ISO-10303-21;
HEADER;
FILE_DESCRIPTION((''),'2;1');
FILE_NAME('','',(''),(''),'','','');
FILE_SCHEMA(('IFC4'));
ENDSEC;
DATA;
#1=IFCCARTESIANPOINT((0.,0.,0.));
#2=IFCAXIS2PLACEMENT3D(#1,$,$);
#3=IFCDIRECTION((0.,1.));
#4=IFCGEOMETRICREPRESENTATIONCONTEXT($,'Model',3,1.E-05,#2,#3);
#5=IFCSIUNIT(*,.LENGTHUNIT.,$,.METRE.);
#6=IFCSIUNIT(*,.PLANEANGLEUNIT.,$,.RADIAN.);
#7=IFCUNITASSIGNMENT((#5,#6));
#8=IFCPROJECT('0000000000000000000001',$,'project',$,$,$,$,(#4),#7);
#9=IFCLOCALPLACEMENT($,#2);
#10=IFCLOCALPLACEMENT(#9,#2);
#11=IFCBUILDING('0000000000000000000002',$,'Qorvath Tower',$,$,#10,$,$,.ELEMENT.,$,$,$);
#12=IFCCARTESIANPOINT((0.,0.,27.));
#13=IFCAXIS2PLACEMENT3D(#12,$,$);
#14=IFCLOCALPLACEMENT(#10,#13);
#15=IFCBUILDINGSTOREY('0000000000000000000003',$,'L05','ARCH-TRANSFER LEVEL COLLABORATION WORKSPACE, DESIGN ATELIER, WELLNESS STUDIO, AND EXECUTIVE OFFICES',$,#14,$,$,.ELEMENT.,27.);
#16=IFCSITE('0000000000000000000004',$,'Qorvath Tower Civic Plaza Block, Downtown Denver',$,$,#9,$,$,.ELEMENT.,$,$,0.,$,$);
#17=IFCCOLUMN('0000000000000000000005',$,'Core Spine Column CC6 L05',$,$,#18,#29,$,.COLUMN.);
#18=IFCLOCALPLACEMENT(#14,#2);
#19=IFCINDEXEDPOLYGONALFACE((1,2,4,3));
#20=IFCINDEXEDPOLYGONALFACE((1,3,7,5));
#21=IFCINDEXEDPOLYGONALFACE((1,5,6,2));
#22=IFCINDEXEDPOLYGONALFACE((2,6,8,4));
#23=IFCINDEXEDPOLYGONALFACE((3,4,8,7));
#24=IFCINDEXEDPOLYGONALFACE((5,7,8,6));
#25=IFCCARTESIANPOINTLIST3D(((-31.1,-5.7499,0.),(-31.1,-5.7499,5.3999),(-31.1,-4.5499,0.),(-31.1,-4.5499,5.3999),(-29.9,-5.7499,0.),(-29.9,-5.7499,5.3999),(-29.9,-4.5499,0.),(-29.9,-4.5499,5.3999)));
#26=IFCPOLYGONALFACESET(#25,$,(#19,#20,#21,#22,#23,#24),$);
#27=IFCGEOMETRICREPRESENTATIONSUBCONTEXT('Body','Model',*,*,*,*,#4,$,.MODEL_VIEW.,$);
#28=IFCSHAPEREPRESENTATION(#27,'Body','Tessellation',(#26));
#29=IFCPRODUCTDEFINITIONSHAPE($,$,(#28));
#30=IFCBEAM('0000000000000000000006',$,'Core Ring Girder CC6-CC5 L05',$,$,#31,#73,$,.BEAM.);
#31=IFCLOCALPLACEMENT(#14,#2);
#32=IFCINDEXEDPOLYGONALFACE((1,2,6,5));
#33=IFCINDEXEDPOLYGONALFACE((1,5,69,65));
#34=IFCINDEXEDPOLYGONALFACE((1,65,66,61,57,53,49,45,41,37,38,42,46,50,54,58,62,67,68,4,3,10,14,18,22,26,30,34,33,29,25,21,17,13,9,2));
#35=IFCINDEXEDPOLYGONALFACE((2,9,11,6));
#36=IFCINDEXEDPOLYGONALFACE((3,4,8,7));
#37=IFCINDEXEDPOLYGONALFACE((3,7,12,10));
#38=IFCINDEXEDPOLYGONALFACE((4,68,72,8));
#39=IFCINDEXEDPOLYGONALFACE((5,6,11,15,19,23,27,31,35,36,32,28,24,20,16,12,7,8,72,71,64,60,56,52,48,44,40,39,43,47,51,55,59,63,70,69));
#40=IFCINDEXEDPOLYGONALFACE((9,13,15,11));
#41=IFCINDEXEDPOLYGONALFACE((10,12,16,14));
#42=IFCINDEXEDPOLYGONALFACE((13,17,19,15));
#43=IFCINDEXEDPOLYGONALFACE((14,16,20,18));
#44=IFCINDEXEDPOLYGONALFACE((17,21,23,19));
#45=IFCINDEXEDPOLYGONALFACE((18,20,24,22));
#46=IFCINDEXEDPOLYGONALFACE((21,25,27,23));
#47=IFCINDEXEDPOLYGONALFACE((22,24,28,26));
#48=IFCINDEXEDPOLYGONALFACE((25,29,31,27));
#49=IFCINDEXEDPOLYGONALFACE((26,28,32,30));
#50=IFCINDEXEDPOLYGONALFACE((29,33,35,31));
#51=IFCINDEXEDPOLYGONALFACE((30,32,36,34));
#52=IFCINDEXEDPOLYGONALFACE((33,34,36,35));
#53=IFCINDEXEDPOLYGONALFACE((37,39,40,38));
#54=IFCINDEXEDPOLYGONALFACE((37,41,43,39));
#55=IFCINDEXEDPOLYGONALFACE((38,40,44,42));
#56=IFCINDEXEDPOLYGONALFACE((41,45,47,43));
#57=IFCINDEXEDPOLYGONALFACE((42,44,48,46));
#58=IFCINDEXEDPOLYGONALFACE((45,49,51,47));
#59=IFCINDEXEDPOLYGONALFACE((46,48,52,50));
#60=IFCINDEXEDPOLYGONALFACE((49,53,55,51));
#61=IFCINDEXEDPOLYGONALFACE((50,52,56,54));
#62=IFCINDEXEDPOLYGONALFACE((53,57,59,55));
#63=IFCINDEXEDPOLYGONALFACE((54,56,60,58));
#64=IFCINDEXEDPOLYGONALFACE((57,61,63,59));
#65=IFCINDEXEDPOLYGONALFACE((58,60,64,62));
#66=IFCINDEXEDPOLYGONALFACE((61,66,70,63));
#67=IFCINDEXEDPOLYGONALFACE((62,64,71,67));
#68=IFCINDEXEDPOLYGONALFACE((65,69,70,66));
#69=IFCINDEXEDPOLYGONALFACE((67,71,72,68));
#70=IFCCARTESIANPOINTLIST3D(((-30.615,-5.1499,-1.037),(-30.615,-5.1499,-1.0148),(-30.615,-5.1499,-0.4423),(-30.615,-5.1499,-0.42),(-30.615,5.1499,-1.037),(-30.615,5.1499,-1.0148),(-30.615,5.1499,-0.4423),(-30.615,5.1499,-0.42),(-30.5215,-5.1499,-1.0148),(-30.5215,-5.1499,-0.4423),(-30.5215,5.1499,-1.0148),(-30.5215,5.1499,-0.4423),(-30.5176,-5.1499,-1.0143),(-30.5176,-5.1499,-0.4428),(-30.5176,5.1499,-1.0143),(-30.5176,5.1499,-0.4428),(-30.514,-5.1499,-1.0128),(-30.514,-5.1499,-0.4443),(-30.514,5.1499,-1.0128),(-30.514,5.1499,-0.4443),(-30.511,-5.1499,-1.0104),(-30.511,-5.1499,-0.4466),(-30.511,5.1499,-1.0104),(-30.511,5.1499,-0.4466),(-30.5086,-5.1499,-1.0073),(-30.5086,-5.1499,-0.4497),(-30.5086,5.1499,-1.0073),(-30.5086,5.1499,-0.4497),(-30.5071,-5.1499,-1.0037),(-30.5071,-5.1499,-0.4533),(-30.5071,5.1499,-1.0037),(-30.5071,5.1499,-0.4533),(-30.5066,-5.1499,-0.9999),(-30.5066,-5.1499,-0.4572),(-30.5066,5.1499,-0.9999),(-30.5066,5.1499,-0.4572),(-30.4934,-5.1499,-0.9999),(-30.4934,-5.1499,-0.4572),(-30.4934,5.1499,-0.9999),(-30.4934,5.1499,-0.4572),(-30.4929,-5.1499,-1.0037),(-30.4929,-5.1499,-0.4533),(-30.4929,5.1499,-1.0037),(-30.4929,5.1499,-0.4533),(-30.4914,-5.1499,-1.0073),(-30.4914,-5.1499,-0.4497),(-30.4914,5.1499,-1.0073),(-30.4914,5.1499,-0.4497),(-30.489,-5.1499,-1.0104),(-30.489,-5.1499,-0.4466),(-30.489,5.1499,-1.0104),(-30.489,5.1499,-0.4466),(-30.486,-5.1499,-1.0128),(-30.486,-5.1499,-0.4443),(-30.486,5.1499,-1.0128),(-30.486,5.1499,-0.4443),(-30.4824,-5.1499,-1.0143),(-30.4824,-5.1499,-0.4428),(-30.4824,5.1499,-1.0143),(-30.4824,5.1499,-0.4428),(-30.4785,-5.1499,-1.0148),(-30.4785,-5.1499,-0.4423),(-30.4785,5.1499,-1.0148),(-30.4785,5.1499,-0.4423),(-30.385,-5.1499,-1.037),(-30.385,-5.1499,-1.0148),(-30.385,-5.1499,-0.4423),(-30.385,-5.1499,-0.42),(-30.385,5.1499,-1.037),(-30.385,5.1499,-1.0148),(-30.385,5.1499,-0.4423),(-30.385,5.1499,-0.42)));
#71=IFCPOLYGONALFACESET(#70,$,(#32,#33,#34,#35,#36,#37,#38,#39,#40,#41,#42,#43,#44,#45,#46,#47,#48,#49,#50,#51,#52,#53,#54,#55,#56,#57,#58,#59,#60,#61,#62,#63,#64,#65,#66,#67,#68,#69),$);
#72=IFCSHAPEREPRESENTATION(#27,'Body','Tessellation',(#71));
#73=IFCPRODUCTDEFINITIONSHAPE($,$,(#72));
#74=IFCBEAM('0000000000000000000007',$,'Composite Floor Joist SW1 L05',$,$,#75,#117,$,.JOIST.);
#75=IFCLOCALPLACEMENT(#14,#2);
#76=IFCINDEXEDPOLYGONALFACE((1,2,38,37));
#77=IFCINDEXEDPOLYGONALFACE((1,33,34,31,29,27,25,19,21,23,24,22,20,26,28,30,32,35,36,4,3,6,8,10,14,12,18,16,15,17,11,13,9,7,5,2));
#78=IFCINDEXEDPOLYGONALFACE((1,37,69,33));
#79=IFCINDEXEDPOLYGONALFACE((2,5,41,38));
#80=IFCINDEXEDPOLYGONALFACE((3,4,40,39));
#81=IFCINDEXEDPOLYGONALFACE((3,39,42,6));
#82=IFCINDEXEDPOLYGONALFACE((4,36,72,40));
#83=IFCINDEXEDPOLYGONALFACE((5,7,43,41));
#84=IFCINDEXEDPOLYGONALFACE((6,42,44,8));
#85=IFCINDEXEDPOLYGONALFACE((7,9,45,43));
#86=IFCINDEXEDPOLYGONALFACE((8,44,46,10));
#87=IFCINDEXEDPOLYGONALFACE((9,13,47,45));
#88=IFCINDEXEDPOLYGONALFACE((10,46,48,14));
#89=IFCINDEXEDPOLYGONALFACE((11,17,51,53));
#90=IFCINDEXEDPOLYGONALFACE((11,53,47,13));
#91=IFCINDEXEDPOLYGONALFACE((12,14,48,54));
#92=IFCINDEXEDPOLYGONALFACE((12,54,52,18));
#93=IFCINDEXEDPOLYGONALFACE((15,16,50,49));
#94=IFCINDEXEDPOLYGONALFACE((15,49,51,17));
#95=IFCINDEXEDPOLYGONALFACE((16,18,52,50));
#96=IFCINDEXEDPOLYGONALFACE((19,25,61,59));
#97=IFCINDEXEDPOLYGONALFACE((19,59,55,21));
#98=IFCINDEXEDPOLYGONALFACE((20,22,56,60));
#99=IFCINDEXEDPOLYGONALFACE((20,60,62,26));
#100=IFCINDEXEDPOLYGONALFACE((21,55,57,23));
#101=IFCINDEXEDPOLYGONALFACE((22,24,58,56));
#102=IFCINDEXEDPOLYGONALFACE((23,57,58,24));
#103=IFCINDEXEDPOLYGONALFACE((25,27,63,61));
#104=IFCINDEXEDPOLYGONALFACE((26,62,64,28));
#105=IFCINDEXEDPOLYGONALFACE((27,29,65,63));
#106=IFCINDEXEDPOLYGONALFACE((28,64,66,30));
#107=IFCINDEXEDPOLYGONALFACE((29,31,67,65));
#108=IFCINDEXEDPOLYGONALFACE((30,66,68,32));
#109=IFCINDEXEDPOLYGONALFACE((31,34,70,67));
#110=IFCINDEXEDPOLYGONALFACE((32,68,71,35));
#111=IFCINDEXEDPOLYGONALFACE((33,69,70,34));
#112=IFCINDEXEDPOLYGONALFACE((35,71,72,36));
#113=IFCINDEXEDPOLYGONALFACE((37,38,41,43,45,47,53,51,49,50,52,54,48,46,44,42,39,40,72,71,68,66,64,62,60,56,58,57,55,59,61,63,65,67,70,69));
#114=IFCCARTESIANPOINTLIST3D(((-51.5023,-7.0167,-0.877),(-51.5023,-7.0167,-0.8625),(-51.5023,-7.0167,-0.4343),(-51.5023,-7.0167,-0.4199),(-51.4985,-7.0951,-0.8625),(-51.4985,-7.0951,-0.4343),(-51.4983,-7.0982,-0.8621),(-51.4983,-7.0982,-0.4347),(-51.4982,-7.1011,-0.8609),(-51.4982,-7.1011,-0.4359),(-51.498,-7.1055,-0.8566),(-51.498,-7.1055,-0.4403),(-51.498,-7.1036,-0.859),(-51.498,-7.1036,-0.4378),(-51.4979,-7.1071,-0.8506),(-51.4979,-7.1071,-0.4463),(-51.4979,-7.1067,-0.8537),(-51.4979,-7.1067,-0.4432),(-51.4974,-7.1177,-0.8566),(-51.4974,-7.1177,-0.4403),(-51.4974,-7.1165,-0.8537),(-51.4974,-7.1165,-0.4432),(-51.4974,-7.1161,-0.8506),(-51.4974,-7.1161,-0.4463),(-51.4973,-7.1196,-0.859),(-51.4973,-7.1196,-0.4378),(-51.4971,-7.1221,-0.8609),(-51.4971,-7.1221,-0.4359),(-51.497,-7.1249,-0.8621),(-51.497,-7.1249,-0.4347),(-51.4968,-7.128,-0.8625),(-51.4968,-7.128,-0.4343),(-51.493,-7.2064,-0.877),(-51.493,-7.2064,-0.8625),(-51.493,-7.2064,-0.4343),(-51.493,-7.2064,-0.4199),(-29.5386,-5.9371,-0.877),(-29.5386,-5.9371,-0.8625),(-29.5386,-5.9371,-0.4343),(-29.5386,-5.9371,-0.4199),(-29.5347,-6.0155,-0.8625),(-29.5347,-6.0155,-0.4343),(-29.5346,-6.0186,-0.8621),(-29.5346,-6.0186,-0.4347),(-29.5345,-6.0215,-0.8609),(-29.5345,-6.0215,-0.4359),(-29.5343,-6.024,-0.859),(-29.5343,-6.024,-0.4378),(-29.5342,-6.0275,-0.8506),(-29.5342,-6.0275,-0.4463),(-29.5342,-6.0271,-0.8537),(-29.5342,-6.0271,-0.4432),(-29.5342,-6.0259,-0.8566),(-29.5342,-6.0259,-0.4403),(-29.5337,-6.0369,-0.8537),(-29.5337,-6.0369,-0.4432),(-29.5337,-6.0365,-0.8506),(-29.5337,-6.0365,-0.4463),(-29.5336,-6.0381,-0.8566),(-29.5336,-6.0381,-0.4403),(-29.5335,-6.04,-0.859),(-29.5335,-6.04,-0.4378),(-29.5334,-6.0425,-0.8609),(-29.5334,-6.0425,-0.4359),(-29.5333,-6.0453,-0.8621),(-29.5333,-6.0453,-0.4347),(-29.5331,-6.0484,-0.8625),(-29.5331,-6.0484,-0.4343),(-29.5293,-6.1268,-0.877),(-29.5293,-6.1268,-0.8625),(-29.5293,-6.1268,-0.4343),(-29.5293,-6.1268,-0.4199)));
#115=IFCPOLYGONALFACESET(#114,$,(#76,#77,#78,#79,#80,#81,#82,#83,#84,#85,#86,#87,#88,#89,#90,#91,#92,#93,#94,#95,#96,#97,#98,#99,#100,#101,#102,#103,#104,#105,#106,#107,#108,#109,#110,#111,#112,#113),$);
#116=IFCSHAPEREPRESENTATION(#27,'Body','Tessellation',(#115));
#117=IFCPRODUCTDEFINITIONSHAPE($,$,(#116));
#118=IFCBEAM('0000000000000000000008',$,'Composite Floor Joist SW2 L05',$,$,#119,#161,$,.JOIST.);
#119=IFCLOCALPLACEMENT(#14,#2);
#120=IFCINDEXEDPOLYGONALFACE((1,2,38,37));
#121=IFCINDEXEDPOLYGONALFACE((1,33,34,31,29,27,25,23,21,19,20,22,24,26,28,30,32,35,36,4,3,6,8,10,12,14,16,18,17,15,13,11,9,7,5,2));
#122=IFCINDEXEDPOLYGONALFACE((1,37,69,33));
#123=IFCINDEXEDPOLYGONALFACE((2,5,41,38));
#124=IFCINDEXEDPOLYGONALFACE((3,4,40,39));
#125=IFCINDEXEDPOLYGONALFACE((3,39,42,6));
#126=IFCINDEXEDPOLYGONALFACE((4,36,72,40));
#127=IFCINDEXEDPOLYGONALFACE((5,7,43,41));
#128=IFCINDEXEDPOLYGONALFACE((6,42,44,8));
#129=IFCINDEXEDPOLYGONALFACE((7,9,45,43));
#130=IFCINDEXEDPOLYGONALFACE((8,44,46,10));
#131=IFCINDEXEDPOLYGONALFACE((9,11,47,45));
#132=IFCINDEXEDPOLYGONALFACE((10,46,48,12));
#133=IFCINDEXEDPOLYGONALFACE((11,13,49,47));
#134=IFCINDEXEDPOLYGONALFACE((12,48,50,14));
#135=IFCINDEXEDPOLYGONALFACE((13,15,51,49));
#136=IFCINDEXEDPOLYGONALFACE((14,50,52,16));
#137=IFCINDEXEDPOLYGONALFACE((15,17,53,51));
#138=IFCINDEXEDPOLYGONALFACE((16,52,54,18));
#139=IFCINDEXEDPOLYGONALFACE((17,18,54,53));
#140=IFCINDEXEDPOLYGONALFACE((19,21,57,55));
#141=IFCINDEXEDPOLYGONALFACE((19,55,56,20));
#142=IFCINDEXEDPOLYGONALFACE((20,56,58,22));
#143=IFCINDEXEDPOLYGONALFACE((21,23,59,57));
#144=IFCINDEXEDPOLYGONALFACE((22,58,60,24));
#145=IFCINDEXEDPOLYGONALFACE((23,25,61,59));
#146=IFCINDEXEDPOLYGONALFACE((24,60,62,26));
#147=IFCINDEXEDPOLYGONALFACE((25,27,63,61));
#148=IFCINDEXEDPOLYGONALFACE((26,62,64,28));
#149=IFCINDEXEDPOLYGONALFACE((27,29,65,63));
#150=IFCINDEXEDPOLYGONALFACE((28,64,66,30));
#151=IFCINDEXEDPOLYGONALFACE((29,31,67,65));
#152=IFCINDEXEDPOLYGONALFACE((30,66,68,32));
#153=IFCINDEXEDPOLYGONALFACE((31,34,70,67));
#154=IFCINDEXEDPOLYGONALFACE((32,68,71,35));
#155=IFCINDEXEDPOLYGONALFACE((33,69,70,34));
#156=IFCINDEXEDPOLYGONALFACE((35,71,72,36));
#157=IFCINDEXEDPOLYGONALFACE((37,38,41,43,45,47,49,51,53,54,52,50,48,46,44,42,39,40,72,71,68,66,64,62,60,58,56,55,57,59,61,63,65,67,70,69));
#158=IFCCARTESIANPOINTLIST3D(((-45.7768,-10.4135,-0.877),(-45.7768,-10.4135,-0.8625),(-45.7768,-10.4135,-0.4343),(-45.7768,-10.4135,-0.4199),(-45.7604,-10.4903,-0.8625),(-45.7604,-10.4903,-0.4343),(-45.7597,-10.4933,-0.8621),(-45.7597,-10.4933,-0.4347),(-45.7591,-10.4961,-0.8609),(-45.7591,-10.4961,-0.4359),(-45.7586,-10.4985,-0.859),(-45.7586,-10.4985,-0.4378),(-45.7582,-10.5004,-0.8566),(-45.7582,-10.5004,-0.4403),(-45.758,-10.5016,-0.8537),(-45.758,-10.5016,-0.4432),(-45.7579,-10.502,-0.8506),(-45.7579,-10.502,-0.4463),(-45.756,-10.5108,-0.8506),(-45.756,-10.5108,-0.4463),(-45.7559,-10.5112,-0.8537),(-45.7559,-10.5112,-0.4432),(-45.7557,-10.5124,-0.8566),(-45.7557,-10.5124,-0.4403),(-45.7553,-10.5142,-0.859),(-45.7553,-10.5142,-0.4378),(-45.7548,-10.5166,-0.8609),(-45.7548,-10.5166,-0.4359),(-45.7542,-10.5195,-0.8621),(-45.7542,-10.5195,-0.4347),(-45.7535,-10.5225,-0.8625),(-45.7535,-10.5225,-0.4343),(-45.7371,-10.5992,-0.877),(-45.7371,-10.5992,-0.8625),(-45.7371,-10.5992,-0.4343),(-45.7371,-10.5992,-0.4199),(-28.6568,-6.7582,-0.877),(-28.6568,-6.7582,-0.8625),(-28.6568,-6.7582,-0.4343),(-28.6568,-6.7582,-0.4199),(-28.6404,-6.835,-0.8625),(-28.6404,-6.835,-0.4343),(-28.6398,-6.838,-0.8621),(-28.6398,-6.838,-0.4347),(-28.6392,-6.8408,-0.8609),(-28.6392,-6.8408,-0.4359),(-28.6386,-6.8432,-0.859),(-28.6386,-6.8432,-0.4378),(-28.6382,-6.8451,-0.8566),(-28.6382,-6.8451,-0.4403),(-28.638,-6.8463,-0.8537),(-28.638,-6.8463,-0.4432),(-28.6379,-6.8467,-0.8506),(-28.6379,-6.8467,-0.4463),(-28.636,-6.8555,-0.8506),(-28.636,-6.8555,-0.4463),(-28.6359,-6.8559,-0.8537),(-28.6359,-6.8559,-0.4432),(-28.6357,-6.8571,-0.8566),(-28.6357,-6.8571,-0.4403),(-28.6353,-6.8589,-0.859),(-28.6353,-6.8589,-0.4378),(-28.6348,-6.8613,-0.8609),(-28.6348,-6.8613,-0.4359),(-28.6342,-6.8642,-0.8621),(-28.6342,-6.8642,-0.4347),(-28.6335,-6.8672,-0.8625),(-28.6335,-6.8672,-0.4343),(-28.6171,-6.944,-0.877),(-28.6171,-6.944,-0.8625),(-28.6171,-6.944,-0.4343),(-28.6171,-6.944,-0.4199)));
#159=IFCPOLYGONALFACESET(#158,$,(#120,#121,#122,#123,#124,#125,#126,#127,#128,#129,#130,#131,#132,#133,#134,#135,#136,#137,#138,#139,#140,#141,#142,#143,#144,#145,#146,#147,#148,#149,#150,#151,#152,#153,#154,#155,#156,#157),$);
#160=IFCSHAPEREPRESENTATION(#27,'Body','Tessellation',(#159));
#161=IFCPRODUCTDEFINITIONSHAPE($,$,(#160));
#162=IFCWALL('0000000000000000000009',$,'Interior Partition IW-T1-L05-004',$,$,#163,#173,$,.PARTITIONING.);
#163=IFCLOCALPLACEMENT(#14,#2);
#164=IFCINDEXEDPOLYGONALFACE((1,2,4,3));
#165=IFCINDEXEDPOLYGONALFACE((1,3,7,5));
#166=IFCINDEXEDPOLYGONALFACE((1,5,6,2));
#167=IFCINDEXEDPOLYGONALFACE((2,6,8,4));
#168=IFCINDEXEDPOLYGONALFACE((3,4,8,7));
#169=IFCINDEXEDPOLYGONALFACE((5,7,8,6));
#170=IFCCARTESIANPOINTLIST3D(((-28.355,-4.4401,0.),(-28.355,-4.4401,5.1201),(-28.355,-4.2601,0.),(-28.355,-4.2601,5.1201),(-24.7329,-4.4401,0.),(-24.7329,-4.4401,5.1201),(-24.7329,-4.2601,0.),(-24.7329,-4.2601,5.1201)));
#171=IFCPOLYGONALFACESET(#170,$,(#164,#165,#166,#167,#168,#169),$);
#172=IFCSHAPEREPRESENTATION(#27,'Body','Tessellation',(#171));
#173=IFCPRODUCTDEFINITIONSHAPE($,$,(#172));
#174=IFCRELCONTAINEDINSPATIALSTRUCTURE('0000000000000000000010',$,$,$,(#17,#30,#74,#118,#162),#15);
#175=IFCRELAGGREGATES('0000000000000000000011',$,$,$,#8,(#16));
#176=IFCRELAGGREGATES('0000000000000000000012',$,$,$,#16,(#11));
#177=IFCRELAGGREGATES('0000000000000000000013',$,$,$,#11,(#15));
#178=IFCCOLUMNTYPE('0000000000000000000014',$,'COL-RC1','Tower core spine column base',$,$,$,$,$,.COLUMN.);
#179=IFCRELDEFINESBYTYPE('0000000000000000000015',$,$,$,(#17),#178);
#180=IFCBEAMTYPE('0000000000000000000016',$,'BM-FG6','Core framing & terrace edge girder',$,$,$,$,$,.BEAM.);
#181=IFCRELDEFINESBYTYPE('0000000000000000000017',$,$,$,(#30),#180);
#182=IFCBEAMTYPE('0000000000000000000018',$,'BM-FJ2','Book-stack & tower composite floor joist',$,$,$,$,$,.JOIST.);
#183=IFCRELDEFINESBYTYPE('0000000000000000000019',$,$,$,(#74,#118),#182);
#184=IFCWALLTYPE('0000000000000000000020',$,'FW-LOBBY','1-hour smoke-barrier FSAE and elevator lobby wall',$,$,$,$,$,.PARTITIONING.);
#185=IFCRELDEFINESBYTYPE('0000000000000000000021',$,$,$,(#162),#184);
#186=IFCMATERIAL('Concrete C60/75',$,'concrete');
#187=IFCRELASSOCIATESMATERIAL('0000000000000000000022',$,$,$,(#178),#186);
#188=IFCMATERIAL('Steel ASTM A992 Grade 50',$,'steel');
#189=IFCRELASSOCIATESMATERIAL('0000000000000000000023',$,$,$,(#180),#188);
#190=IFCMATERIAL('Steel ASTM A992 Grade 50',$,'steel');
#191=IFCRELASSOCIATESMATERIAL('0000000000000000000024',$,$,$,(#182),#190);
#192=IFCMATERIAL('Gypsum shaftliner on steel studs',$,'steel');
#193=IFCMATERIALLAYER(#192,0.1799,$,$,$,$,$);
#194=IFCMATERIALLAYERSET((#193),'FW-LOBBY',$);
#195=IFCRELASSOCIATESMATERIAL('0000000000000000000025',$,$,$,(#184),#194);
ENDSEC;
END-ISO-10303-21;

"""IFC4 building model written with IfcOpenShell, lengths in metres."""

from ifc_helpers import new_model, si_unit, direction, frame, frame_2d, origin, origin_2d, place, context, subcontext, project, spatial, rectangle, i_section, extrude, material, layer, layer_set, material_profile, profile_set, type_object, element, save


model = new_model("IFC4")

# Units and contexts
model_context = context("Model", 3, precision=1e-05, world=origin(), true_north=direction((0.0, 1.0)))
body_context = subcontext(model_context, "Body", "Model", "MODEL_VIEW")
ifc_project = project(units=[si_unit("LENGTHUNIT", "METRE"), si_unit("PLANEANGLEUNIT", "RADIAN")], contexts=[model_context])

# Site, building, storey
site_placement = place(None, origin())
site = spatial("IfcSite", under=ifc_project, at=site_placement, Name="Qorvath Tower Civic Plaza Block, Downtown Denver", CompositionType="ELEMENT", RefElevation=0.0)
building_placement = place(site_placement, origin())
building = spatial("IfcBuilding", under=site, at=building_placement, Name="Qorvath Tower", CompositionType="ELEMENT")
storey_placement = place(building_placement, frame((0.0, 0.0, 27.0)))
storey = spatial("IfcBuildingStorey", under=building, at=storey_placement, Name="L05", Description="ARCH-TRANSFER LEVEL COLLABORATION WORKSPACE, DESIGN ATELIER, WELLNESS STUDIO, AND EXECUTIVE OFFICES", CompositionType="ELEMENT", Elevation=27.0)

# Column
ifc_material_1 = material(Name="Concrete C60/75", Category="concrete")
ifc_material_profile_1 = material_profile(ifc_material_1, rectangle(XDim=1.2, YDim=1.2, at=origin_2d()), Name="RC 1200x1200")
ifc_profile_set_1 = profile_set([ifc_material_profile_1], Name="Concrete C60/75")
column_type = type_object("IfcColumnType", Name="COL-RC1", Description="Tower core spine column base", PredefinedType="COLUMN", material=ifc_profile_set_1)
column_placement = place(storey_placement, frame((-30.5, -5.1499, 0.0), z_axis=(0.0, 0.0, 1.0), x_axis=(1.0, 0.0, 0.0)))
element("IfcColumn", 1, at=column_placement, inside=storey, type_object=column_type, Name="Core Spine Column CC6 L05", PredefinedType="COLUMN", context=body_context, shape_type="SweptSolid", body=[
    extrude(rectangle(XDim=1.2, YDim=1.2, at=origin_2d()), origin(), (0.0, 0.0, 1.0), 5.3999),
])

# Beams
ifc_material_2 = material(Name="Steel ASTM A992 Grade 50", Category="steel")
ifc_material_profile_2 = material_profile(ifc_material_2, i_section(OverallWidth=0.23, OverallDepth=0.6169, WebThickness=0.0132, FlangeThickness=0.0222, FilletRadius=0.0149, at=origin_2d()), Name="W24x94")
ifc_profile_set_2 = profile_set([ifc_material_profile_2], Name="Steel ASTM A992 Grade 50")
beam_type_1 = type_object("IfcBeamType", Name="BM-FG6", Description="Core framing & terrace edge girder", PredefinedType="BEAM", material=ifc_profile_set_2)
beam_1_placement = place(storey_placement, frame((-30.5, -5.1499, -0.7285), z_axis=(0.0, 1.0, 0.0), x_axis=(-1.0, 0.0, 0.0)))
element("IfcBeam", 2, at=beam_1_placement, inside=storey, type_object=beam_type_1, Name="Core Ring Girder CC6-CC5 L05", PredefinedType="BEAM", context=body_context, shape_type="SweptSolid", body=[
    extrude(i_section(OverallWidth=0.23, OverallDepth=0.6169, WebThickness=0.0132, FlangeThickness=0.0222, FilletRadius=0.0149, at=origin_2d()), origin(), (0.0, 0.0, 1.0), 10.2998),
])
ifc_material_3 = material(Name="Steel ASTM A992 Grade 50", Category="steel")
ifc_material_profile_3 = material_profile(ifc_material_3, i_section(OverallWidth=0.1899, OverallDepth=0.457, WebThickness=0.009, FlangeThickness=0.0144, FilletRadius=0.012, at=origin_2d()), Name="W18x50")
ifc_profile_set_3 = profile_set([ifc_material_profile_3], Name="Steel ASTM A992 Grade 50")
beam_type_2 = type_object("IfcBeamType", Name="BM-FJ2", Description="Book-stack & tower composite floor joist", PredefinedType="JOIST", material=ifc_profile_set_3)
beam_2_placement = place(storey_placement, frame((-29.5339, -6.032, -0.6484), z_axis=(-0.998794, -0.049094, 0.0), x_axis=(0.049094, -0.998794, 0.0)))
element("IfcBeam", 3, at=beam_2_placement, inside=storey, type_object=beam_type_2, Name="Composite Floor Joist SW1 L05", PredefinedType="JOIST", context=body_context, shape_type="SweptSolid", body=[
    extrude(i_section(OverallWidth=0.1899, OverallDepth=0.457, WebThickness=0.009, FlangeThickness=0.0144, FilletRadius=0.012, at=origin_2d()), origin(), (0.0, 0.0, 1.0), 21.9902),
])
beam_3_placement = place(storey_placement, frame((-28.637, -6.8511, -0.6484), z_axis=(-0.977957, -0.208804, 0.0), x_axis=(0.208804, -0.977957, 0.0)))
element("IfcBeam", 4, at=beam_3_placement, inside=storey, type_object=beam_type_2, Name="Composite Floor Joist SW2 L05", PredefinedType="JOIST", context=body_context, shape_type="SweptSolid", body=[
    extrude(i_section(OverallWidth=0.1899, OverallDepth=0.457, WebThickness=0.009, FlangeThickness=0.0144, FilletRadius=0.012, at=origin_2d()), origin(), (0.0, 0.0, 1.0), 17.5059),
])

# Wall
ifc_material_4 = material(Name="Gypsum shaftliner on steel studs", Category="steel")
ifc_layer_1 = layer(ifc_material_4, 0.1799)
ifc_layer_set_1 = layer_set([ifc_layer_1], Name="FW-LOBBY")
wall_type_1 = type_object("IfcWallType", Name="FW-LOBBY", Description="1-hour smoke-barrier FSAE and elevator lobby wall", PredefinedType="PARTITIONING", material=ifc_layer_set_1)
wall_1_placement = place(storey_placement, frame((-24.7329, -4.3501, 0.0), z_axis=(0.0, 0.0, 1.0), x_axis=(-1.0, 0.0, 0.0)))
element("IfcWall", 5, at=wall_1_placement, inside=storey, type_object=wall_type_1, Name="Interior Partition IW-T1-L05-004", PredefinedType="PARTITIONING", context=body_context, shape_type="SweptSolid", body=[
    extrude(rectangle(XDim=3.6221, YDim=0.1799, at=frame_2d((1.811, 0.0))), origin(), (0.0, 0.0, 1.0), 5.1201),
])

save(model, "model.ifc")
